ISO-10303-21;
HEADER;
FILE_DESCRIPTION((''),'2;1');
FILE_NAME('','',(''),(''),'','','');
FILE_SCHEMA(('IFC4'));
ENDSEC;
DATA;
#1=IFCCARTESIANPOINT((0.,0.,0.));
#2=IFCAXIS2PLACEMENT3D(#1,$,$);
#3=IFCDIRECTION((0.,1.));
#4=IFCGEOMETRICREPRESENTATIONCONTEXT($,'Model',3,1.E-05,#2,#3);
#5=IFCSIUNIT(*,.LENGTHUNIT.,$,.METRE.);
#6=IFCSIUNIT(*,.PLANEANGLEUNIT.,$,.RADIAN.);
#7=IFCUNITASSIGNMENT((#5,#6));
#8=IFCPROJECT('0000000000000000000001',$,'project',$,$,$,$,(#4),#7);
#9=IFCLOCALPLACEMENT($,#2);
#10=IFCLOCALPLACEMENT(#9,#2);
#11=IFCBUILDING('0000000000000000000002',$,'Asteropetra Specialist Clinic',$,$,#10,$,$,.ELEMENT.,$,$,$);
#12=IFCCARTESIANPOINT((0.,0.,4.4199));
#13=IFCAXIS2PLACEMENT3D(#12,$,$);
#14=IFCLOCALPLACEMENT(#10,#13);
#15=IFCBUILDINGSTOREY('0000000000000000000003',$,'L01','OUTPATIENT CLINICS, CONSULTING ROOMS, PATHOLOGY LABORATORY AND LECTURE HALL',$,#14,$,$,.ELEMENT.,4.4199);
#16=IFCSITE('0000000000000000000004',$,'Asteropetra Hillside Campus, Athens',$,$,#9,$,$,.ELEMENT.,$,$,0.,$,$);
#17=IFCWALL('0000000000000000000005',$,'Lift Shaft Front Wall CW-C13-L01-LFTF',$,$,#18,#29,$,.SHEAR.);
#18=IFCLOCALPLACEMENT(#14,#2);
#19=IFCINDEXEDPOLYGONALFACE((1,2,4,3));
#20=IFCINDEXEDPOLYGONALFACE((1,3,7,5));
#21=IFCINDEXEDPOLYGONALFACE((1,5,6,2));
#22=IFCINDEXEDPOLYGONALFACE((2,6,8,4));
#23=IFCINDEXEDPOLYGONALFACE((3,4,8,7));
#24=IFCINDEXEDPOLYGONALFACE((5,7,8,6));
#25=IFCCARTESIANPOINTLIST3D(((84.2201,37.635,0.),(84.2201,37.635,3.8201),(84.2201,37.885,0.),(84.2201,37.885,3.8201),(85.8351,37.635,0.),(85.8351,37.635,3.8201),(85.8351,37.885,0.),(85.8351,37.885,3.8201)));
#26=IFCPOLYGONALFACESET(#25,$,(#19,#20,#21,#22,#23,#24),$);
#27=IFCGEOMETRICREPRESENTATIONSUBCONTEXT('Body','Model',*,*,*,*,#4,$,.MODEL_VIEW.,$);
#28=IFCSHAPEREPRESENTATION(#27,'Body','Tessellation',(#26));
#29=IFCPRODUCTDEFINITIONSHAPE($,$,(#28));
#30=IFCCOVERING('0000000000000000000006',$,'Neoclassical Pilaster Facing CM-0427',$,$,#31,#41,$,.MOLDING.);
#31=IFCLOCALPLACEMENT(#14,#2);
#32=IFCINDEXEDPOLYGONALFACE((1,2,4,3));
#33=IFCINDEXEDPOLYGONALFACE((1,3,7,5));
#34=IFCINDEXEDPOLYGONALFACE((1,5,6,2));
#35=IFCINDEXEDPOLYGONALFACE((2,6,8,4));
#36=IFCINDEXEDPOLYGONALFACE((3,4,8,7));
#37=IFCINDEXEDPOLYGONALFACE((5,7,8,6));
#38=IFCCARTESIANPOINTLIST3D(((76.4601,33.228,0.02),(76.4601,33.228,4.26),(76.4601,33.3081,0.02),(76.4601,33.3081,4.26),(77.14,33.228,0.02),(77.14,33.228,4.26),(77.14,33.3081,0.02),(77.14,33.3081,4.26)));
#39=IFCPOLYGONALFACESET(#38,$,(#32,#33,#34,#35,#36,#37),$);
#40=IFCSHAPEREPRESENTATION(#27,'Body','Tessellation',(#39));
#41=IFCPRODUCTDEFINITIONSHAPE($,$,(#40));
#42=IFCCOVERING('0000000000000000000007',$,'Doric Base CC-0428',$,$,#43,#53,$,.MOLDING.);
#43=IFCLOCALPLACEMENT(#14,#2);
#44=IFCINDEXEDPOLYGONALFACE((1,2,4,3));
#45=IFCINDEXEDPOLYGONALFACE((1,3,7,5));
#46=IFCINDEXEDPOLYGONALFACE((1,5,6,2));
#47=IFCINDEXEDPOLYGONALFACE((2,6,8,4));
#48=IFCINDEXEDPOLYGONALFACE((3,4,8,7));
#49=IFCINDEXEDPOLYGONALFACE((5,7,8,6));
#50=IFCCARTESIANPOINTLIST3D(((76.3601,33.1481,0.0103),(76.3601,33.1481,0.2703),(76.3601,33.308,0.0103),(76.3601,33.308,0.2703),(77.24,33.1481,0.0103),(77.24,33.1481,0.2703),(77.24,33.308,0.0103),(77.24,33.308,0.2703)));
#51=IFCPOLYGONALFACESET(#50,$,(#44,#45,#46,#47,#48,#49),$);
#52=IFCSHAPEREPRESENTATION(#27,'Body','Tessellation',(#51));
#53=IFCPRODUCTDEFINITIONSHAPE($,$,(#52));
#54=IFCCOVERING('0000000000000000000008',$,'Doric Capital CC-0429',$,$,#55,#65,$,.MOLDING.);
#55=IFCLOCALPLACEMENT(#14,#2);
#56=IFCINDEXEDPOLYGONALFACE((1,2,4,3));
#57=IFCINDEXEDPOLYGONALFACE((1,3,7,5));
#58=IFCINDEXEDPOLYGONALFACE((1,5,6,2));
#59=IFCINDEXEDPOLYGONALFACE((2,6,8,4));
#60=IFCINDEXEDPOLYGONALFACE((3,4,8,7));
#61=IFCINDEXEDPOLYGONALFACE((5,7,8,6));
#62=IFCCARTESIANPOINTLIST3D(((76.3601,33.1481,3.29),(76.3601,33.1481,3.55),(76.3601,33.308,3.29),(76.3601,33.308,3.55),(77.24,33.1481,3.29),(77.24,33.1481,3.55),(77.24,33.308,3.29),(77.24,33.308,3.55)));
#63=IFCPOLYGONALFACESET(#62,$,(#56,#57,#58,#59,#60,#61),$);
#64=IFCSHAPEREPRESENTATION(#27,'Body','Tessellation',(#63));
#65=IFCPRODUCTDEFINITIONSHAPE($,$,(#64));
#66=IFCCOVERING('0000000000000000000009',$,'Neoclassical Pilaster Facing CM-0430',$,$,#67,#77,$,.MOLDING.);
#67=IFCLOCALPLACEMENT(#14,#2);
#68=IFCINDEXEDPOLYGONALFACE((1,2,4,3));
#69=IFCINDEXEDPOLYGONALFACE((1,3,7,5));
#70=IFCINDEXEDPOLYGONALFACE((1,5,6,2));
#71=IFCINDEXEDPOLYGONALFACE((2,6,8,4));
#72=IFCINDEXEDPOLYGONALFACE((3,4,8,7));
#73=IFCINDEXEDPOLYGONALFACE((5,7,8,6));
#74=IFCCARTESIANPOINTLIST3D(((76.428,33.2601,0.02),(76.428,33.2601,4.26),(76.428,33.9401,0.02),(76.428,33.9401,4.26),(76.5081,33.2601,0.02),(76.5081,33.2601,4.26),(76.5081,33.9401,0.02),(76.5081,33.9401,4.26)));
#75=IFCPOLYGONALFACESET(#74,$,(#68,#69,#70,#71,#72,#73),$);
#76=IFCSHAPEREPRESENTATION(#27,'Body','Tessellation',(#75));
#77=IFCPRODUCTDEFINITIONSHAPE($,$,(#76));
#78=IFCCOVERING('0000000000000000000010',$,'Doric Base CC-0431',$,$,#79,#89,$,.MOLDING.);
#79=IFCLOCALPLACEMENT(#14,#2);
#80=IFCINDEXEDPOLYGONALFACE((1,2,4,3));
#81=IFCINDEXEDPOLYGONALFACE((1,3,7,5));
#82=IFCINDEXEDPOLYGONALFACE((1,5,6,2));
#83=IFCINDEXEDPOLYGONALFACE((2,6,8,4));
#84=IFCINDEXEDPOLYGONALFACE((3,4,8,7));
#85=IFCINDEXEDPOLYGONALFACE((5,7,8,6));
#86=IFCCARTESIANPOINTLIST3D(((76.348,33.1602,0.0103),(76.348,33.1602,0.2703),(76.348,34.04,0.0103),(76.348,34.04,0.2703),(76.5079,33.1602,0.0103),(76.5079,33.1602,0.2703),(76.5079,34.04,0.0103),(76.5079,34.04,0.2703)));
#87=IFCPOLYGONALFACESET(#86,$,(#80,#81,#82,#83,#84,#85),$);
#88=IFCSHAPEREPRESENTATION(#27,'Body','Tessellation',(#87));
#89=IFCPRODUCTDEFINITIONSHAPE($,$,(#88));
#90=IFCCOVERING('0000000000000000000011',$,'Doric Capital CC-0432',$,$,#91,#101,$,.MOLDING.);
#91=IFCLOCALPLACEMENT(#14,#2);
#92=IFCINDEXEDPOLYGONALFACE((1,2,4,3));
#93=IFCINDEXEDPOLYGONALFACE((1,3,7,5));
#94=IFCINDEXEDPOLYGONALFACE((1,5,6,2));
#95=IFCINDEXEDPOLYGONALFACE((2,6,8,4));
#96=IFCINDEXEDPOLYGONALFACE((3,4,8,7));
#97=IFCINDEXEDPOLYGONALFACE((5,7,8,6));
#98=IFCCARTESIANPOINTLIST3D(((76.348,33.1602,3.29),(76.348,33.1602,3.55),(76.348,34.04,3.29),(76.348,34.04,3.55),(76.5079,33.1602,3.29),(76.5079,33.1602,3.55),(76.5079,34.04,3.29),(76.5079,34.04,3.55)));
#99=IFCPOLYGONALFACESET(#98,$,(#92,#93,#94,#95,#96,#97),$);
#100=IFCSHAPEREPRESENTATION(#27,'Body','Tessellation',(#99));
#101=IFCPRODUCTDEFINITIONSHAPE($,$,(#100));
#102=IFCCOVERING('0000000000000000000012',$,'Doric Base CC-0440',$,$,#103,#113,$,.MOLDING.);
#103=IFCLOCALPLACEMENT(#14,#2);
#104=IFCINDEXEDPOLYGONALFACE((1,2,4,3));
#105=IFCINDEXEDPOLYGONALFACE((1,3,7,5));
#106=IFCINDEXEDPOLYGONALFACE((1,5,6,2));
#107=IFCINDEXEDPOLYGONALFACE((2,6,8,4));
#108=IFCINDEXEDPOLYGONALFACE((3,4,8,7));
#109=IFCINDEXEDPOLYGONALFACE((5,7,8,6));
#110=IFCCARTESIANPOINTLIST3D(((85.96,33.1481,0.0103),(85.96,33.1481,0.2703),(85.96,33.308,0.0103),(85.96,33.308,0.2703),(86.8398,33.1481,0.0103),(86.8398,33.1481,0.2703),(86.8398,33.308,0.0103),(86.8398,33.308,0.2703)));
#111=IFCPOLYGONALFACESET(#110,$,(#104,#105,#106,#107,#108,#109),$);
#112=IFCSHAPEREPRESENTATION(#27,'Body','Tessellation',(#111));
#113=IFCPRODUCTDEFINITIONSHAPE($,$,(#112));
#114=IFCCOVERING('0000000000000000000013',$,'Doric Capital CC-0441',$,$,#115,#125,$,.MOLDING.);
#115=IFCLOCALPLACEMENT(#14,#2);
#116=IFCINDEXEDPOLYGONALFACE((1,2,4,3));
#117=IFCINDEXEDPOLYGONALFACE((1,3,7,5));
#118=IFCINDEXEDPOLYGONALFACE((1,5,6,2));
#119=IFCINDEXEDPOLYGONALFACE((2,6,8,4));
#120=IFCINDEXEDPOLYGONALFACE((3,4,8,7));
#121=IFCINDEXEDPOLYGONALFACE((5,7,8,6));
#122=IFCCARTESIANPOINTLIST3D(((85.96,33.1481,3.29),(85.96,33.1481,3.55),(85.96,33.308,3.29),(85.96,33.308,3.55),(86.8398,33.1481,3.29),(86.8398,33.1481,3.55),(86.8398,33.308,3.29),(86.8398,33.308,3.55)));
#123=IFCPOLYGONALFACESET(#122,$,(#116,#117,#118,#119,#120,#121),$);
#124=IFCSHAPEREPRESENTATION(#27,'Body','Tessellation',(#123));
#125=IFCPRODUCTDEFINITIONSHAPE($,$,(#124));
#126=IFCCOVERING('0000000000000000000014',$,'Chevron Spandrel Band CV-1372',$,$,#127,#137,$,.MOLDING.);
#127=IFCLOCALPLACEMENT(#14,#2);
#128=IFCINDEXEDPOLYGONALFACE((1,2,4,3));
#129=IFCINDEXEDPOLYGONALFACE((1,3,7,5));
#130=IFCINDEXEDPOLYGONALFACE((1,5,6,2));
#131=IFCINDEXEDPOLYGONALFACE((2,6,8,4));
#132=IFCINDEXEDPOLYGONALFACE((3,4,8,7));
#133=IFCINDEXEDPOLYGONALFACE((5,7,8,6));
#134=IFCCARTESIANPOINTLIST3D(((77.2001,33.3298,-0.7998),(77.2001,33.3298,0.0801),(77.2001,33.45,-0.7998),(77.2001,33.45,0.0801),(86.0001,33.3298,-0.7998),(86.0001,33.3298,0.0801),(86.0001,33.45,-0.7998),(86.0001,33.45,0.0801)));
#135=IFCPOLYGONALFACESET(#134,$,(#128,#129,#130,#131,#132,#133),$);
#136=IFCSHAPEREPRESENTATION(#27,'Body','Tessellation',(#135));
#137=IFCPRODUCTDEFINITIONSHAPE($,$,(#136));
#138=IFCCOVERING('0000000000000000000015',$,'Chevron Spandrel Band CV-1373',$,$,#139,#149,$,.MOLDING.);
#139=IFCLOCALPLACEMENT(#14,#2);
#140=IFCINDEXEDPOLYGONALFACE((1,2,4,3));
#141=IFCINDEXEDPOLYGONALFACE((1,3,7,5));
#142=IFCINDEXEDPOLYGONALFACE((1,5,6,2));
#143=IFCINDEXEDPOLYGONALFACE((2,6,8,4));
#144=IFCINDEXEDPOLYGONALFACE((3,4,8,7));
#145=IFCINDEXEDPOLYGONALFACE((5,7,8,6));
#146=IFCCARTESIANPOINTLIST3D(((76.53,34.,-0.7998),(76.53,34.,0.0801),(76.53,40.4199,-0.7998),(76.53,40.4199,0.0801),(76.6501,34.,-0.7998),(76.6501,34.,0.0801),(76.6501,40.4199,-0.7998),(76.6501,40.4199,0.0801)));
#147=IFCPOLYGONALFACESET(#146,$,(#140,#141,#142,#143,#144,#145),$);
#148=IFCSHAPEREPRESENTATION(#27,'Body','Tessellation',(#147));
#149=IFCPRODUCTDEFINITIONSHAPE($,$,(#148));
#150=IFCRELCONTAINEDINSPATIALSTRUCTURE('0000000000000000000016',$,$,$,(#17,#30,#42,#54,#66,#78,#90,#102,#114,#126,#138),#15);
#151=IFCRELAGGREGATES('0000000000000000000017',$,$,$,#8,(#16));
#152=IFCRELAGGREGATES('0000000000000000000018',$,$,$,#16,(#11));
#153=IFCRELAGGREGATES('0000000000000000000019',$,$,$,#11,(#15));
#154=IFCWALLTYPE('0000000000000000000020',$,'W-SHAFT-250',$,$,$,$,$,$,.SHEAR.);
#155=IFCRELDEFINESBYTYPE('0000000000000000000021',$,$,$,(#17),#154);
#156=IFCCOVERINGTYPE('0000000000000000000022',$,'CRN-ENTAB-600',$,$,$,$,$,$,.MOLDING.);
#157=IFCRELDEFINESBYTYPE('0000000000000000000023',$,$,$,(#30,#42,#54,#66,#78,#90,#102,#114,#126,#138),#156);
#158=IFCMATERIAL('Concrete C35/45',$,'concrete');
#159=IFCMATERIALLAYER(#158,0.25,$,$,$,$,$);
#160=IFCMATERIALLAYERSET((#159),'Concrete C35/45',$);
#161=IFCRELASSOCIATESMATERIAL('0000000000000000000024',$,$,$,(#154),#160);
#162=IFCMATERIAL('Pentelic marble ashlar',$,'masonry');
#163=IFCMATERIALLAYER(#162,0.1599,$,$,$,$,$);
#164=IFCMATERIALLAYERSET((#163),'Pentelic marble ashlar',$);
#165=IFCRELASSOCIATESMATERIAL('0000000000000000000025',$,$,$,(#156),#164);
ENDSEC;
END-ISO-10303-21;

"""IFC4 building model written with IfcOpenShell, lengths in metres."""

from ifc_helpers import new_model, si_unit, direction, frame, frame_2d, origin, origin_2d, place, context, subcontext, project, spatial, rectangle, extrude, material, layer, layer_set, type_object, element, save


model = new_model("IFC4")

# Units and contexts
model_context = context("Model", 3, precision=1e-05, world=origin(), true_north=direction((0.0, 1.0)))
body_context = subcontext(model_context, "Body", "Model", "MODEL_VIEW")
ifc_project = project(units=[si_unit("LENGTHUNIT", "METRE"), si_unit("PLANEANGLEUNIT", "RADIAN")], contexts=[model_context])

# Site, building, storey
site_placement = place(None, origin())
site = spatial("IfcSite", under=ifc_project, at=site_placement, Name="Asteropetra Hillside Campus, Athens", CompositionType="ELEMENT", RefElevation=0.0)
building_placement = place(site_placement, origin())
building = spatial("IfcBuilding", under=site, at=building_placement, Name="Asteropetra Specialist Clinic", CompositionType="ELEMENT")
storey_placement = place(building_placement, frame((0.0, 0.0, 4.4199)))
storey = spatial("IfcBuildingStorey", under=building, at=storey_placement, Name="L01", Description="OUTPATIENT CLINICS, CONSULTING ROOMS, PATHOLOGY LABORATORY AND LECTURE HALL", CompositionType="ELEMENT", Elevation=4.4199)

# Shared definitions
ifc_material_1 = material(Name="Concrete C35/45", Category="concrete")
ifc_layer_1 = layer(ifc_material_1, 0.25)
ifc_layer_set_1 = layer_set([ifc_layer_1], Name="Concrete C35/45")
wall_type_1 = type_object("IfcWallType", Name="W-SHAFT-250", PredefinedType="SHEAR", material=ifc_layer_set_1)

# Wall
wall_1_placement = place(storey_placement, frame((84.22, 37.76, 0.0), z_axis=(0.0, 0.0, 1.0), x_axis=(1.0, 0.0, 0.0)))
element("IfcWall", 1, at=wall_1_placement, inside=storey, type_object=wall_type_1, Name="Lift Shaft Front Wall CW-C13-L01-LFTF", PredefinedType="SHEAR", context=body_context, shape_type="SweptSolid", body=[
    extrude(rectangle(XDim=1.615, YDim=0.25, at=frame_2d((0.8076, 0.0))), origin(), (0.0, 0.0, 1.0), 3.8201),
])

# Coverings
ifc_material_2 = material(Name="Pentelic marble ashlar", Category="masonry")
ifc_layer_2 = layer(ifc_material_2, 0.1599)
ifc_layer_set_2 = layer_set([ifc_layer_2], Name="Pentelic marble ashlar")
covering_type = type_object("IfcCoveringType", Name="CRN-ENTAB-600", PredefinedType="MOLDING", material=ifc_layer_set_2)
covering_1_placement = place(storey_placement, frame((76.8, 33.2681, 0.02), z_axis=(0.0, 0.0, 1.0), x_axis=(1.0, 0.0, 0.0)))
element("IfcCovering", 2, at=covering_1_placement, inside=storey, type_object=covering_type, Name="Neoclassical Pilaster Facing CM-0427", PredefinedType="MOLDING", context=body_context, shape_type="SweptSolid", body=[
    extrude(rectangle(XDim=0.6799, YDim=0.0801, at=origin_2d()), origin(), (0.0, 0.0, 1.0), 4.24),
])
for number, where, z_axis, x_axis, name in (
    (3, (76.8, 33.228, 0.0103), (0.0, 0.0, 1.0), (1.0, 0.0, 0.0), "Doric Base CC-0428"),
    (4, (76.8, 33.228, 3.29), (0.0, 0.0, 1.0), (1.0, 0.0, 0.0), "Doric Capital CC-0429"),
):
    element("IfcCovering", number, at=place(storey_placement, frame(where, z_axis=z_axis, x_axis=x_axis)), inside=storey, type_object=covering_type, Name=name, PredefinedType="MOLDING", context=body_context, shape_type="SweptSolid", body=[
        extrude(rectangle(XDim=0.8799, YDim=0.1599, at=origin_2d()), origin(), (0.0, 0.0, 1.0), 0.26),
    ])
covering_2_placement = place(storey_placement, frame((76.468, 33.6001, 0.02), z_axis=(0.0, 0.0, 1.0), x_axis=(1.0, 0.0, 0.0)))
element("IfcCovering", 5, at=covering_2_placement, inside=storey, type_object=covering_type, Name="Neoclassical Pilaster Facing CM-0430", PredefinedType="MOLDING", context=body_context, shape_type="SweptSolid", body=[
    extrude(rectangle(XDim=0.0801, YDim=0.6799, at=origin_2d()), origin(), (0.0, 0.0, 1.0), 4.24),
])
for number, where, z_axis, x_axis, name in (
    (6, (76.428, 33.6001, 0.0103), (0.0, 0.0, 1.0), (1.0, 0.0, 0.0), "Doric Base CC-0431"),
    (7, (76.428, 33.6001, 3.29), (0.0, 0.0, 1.0), (1.0, 0.0, 0.0), "Doric Capital CC-0432"),
):
    element("IfcCovering", number, at=place(storey_placement, frame(where, z_axis=z_axis, x_axis=x_axis)), inside=storey, type_object=covering_type, Name=name, PredefinedType="MOLDING", context=body_context, shape_type="SweptSolid", body=[
        extrude(rectangle(XDim=0.1599, YDim=0.8799, at=origin_2d()), origin(), (0.0, 0.0, 1.0), 0.26),
    ])
for number, where, z_axis, x_axis, name in (
    (8, (86.3999, 33.228, 0.0103), (0.0, 0.0, 1.0), (1.0, 0.0, 0.0), "Doric Base CC-0440"),
    (9, (86.3999, 33.228, 3.29), (0.0, 0.0, 1.0), (1.0, 0.0, 0.0), "Doric Capital CC-0441"),
):
    element("IfcCovering", number, at=place(storey_placement, frame(where, z_axis=z_axis, x_axis=x_axis)), inside=storey, type_object=covering_type, Name=name, PredefinedType="MOLDING", context=body_context, shape_type="SweptSolid", body=[
        extrude(rectangle(XDim=0.8799, YDim=0.1599, at=origin_2d()), origin(), (0.0, 0.0, 1.0), 0.26),
    ])
covering_3_placement = place(storey_placement, frame((81.6001, 33.3899, -0.7998), z_axis=(0.0, 0.0, 1.0), x_axis=(1.0, 0.0, 0.0)))
element("IfcCovering", 10, at=covering_3_placement, inside=storey, type_object=covering_type, Name="Chevron Spandrel Band CV-1372", PredefinedType="MOLDING", context=body_context, shape_type="SweptSolid", body=[
    extrude(rectangle(XDim=8.8, YDim=0.1201, at=origin_2d()), origin(), (0.0, 0.0, 1.0), 0.8799),
])
covering_4_placement = place(storey_placement, frame((76.5901, 37.21, -0.7998), z_axis=(0.0, 0.0, 1.0), x_axis=(1.0, 0.0, 0.0)))
element("IfcCovering", 11, at=covering_4_placement, inside=storey, type_object=covering_type, Name="Chevron Spandrel Band CV-1373", PredefinedType="MOLDING", context=body_context, shape_type="SweptSolid", body=[
    extrude(rectangle(XDim=0.1201, YDim=6.4199, at=origin_2d()), origin(), (0.0, 0.0, 1.0), 0.8799),
])

save(model, "model.ifc")
